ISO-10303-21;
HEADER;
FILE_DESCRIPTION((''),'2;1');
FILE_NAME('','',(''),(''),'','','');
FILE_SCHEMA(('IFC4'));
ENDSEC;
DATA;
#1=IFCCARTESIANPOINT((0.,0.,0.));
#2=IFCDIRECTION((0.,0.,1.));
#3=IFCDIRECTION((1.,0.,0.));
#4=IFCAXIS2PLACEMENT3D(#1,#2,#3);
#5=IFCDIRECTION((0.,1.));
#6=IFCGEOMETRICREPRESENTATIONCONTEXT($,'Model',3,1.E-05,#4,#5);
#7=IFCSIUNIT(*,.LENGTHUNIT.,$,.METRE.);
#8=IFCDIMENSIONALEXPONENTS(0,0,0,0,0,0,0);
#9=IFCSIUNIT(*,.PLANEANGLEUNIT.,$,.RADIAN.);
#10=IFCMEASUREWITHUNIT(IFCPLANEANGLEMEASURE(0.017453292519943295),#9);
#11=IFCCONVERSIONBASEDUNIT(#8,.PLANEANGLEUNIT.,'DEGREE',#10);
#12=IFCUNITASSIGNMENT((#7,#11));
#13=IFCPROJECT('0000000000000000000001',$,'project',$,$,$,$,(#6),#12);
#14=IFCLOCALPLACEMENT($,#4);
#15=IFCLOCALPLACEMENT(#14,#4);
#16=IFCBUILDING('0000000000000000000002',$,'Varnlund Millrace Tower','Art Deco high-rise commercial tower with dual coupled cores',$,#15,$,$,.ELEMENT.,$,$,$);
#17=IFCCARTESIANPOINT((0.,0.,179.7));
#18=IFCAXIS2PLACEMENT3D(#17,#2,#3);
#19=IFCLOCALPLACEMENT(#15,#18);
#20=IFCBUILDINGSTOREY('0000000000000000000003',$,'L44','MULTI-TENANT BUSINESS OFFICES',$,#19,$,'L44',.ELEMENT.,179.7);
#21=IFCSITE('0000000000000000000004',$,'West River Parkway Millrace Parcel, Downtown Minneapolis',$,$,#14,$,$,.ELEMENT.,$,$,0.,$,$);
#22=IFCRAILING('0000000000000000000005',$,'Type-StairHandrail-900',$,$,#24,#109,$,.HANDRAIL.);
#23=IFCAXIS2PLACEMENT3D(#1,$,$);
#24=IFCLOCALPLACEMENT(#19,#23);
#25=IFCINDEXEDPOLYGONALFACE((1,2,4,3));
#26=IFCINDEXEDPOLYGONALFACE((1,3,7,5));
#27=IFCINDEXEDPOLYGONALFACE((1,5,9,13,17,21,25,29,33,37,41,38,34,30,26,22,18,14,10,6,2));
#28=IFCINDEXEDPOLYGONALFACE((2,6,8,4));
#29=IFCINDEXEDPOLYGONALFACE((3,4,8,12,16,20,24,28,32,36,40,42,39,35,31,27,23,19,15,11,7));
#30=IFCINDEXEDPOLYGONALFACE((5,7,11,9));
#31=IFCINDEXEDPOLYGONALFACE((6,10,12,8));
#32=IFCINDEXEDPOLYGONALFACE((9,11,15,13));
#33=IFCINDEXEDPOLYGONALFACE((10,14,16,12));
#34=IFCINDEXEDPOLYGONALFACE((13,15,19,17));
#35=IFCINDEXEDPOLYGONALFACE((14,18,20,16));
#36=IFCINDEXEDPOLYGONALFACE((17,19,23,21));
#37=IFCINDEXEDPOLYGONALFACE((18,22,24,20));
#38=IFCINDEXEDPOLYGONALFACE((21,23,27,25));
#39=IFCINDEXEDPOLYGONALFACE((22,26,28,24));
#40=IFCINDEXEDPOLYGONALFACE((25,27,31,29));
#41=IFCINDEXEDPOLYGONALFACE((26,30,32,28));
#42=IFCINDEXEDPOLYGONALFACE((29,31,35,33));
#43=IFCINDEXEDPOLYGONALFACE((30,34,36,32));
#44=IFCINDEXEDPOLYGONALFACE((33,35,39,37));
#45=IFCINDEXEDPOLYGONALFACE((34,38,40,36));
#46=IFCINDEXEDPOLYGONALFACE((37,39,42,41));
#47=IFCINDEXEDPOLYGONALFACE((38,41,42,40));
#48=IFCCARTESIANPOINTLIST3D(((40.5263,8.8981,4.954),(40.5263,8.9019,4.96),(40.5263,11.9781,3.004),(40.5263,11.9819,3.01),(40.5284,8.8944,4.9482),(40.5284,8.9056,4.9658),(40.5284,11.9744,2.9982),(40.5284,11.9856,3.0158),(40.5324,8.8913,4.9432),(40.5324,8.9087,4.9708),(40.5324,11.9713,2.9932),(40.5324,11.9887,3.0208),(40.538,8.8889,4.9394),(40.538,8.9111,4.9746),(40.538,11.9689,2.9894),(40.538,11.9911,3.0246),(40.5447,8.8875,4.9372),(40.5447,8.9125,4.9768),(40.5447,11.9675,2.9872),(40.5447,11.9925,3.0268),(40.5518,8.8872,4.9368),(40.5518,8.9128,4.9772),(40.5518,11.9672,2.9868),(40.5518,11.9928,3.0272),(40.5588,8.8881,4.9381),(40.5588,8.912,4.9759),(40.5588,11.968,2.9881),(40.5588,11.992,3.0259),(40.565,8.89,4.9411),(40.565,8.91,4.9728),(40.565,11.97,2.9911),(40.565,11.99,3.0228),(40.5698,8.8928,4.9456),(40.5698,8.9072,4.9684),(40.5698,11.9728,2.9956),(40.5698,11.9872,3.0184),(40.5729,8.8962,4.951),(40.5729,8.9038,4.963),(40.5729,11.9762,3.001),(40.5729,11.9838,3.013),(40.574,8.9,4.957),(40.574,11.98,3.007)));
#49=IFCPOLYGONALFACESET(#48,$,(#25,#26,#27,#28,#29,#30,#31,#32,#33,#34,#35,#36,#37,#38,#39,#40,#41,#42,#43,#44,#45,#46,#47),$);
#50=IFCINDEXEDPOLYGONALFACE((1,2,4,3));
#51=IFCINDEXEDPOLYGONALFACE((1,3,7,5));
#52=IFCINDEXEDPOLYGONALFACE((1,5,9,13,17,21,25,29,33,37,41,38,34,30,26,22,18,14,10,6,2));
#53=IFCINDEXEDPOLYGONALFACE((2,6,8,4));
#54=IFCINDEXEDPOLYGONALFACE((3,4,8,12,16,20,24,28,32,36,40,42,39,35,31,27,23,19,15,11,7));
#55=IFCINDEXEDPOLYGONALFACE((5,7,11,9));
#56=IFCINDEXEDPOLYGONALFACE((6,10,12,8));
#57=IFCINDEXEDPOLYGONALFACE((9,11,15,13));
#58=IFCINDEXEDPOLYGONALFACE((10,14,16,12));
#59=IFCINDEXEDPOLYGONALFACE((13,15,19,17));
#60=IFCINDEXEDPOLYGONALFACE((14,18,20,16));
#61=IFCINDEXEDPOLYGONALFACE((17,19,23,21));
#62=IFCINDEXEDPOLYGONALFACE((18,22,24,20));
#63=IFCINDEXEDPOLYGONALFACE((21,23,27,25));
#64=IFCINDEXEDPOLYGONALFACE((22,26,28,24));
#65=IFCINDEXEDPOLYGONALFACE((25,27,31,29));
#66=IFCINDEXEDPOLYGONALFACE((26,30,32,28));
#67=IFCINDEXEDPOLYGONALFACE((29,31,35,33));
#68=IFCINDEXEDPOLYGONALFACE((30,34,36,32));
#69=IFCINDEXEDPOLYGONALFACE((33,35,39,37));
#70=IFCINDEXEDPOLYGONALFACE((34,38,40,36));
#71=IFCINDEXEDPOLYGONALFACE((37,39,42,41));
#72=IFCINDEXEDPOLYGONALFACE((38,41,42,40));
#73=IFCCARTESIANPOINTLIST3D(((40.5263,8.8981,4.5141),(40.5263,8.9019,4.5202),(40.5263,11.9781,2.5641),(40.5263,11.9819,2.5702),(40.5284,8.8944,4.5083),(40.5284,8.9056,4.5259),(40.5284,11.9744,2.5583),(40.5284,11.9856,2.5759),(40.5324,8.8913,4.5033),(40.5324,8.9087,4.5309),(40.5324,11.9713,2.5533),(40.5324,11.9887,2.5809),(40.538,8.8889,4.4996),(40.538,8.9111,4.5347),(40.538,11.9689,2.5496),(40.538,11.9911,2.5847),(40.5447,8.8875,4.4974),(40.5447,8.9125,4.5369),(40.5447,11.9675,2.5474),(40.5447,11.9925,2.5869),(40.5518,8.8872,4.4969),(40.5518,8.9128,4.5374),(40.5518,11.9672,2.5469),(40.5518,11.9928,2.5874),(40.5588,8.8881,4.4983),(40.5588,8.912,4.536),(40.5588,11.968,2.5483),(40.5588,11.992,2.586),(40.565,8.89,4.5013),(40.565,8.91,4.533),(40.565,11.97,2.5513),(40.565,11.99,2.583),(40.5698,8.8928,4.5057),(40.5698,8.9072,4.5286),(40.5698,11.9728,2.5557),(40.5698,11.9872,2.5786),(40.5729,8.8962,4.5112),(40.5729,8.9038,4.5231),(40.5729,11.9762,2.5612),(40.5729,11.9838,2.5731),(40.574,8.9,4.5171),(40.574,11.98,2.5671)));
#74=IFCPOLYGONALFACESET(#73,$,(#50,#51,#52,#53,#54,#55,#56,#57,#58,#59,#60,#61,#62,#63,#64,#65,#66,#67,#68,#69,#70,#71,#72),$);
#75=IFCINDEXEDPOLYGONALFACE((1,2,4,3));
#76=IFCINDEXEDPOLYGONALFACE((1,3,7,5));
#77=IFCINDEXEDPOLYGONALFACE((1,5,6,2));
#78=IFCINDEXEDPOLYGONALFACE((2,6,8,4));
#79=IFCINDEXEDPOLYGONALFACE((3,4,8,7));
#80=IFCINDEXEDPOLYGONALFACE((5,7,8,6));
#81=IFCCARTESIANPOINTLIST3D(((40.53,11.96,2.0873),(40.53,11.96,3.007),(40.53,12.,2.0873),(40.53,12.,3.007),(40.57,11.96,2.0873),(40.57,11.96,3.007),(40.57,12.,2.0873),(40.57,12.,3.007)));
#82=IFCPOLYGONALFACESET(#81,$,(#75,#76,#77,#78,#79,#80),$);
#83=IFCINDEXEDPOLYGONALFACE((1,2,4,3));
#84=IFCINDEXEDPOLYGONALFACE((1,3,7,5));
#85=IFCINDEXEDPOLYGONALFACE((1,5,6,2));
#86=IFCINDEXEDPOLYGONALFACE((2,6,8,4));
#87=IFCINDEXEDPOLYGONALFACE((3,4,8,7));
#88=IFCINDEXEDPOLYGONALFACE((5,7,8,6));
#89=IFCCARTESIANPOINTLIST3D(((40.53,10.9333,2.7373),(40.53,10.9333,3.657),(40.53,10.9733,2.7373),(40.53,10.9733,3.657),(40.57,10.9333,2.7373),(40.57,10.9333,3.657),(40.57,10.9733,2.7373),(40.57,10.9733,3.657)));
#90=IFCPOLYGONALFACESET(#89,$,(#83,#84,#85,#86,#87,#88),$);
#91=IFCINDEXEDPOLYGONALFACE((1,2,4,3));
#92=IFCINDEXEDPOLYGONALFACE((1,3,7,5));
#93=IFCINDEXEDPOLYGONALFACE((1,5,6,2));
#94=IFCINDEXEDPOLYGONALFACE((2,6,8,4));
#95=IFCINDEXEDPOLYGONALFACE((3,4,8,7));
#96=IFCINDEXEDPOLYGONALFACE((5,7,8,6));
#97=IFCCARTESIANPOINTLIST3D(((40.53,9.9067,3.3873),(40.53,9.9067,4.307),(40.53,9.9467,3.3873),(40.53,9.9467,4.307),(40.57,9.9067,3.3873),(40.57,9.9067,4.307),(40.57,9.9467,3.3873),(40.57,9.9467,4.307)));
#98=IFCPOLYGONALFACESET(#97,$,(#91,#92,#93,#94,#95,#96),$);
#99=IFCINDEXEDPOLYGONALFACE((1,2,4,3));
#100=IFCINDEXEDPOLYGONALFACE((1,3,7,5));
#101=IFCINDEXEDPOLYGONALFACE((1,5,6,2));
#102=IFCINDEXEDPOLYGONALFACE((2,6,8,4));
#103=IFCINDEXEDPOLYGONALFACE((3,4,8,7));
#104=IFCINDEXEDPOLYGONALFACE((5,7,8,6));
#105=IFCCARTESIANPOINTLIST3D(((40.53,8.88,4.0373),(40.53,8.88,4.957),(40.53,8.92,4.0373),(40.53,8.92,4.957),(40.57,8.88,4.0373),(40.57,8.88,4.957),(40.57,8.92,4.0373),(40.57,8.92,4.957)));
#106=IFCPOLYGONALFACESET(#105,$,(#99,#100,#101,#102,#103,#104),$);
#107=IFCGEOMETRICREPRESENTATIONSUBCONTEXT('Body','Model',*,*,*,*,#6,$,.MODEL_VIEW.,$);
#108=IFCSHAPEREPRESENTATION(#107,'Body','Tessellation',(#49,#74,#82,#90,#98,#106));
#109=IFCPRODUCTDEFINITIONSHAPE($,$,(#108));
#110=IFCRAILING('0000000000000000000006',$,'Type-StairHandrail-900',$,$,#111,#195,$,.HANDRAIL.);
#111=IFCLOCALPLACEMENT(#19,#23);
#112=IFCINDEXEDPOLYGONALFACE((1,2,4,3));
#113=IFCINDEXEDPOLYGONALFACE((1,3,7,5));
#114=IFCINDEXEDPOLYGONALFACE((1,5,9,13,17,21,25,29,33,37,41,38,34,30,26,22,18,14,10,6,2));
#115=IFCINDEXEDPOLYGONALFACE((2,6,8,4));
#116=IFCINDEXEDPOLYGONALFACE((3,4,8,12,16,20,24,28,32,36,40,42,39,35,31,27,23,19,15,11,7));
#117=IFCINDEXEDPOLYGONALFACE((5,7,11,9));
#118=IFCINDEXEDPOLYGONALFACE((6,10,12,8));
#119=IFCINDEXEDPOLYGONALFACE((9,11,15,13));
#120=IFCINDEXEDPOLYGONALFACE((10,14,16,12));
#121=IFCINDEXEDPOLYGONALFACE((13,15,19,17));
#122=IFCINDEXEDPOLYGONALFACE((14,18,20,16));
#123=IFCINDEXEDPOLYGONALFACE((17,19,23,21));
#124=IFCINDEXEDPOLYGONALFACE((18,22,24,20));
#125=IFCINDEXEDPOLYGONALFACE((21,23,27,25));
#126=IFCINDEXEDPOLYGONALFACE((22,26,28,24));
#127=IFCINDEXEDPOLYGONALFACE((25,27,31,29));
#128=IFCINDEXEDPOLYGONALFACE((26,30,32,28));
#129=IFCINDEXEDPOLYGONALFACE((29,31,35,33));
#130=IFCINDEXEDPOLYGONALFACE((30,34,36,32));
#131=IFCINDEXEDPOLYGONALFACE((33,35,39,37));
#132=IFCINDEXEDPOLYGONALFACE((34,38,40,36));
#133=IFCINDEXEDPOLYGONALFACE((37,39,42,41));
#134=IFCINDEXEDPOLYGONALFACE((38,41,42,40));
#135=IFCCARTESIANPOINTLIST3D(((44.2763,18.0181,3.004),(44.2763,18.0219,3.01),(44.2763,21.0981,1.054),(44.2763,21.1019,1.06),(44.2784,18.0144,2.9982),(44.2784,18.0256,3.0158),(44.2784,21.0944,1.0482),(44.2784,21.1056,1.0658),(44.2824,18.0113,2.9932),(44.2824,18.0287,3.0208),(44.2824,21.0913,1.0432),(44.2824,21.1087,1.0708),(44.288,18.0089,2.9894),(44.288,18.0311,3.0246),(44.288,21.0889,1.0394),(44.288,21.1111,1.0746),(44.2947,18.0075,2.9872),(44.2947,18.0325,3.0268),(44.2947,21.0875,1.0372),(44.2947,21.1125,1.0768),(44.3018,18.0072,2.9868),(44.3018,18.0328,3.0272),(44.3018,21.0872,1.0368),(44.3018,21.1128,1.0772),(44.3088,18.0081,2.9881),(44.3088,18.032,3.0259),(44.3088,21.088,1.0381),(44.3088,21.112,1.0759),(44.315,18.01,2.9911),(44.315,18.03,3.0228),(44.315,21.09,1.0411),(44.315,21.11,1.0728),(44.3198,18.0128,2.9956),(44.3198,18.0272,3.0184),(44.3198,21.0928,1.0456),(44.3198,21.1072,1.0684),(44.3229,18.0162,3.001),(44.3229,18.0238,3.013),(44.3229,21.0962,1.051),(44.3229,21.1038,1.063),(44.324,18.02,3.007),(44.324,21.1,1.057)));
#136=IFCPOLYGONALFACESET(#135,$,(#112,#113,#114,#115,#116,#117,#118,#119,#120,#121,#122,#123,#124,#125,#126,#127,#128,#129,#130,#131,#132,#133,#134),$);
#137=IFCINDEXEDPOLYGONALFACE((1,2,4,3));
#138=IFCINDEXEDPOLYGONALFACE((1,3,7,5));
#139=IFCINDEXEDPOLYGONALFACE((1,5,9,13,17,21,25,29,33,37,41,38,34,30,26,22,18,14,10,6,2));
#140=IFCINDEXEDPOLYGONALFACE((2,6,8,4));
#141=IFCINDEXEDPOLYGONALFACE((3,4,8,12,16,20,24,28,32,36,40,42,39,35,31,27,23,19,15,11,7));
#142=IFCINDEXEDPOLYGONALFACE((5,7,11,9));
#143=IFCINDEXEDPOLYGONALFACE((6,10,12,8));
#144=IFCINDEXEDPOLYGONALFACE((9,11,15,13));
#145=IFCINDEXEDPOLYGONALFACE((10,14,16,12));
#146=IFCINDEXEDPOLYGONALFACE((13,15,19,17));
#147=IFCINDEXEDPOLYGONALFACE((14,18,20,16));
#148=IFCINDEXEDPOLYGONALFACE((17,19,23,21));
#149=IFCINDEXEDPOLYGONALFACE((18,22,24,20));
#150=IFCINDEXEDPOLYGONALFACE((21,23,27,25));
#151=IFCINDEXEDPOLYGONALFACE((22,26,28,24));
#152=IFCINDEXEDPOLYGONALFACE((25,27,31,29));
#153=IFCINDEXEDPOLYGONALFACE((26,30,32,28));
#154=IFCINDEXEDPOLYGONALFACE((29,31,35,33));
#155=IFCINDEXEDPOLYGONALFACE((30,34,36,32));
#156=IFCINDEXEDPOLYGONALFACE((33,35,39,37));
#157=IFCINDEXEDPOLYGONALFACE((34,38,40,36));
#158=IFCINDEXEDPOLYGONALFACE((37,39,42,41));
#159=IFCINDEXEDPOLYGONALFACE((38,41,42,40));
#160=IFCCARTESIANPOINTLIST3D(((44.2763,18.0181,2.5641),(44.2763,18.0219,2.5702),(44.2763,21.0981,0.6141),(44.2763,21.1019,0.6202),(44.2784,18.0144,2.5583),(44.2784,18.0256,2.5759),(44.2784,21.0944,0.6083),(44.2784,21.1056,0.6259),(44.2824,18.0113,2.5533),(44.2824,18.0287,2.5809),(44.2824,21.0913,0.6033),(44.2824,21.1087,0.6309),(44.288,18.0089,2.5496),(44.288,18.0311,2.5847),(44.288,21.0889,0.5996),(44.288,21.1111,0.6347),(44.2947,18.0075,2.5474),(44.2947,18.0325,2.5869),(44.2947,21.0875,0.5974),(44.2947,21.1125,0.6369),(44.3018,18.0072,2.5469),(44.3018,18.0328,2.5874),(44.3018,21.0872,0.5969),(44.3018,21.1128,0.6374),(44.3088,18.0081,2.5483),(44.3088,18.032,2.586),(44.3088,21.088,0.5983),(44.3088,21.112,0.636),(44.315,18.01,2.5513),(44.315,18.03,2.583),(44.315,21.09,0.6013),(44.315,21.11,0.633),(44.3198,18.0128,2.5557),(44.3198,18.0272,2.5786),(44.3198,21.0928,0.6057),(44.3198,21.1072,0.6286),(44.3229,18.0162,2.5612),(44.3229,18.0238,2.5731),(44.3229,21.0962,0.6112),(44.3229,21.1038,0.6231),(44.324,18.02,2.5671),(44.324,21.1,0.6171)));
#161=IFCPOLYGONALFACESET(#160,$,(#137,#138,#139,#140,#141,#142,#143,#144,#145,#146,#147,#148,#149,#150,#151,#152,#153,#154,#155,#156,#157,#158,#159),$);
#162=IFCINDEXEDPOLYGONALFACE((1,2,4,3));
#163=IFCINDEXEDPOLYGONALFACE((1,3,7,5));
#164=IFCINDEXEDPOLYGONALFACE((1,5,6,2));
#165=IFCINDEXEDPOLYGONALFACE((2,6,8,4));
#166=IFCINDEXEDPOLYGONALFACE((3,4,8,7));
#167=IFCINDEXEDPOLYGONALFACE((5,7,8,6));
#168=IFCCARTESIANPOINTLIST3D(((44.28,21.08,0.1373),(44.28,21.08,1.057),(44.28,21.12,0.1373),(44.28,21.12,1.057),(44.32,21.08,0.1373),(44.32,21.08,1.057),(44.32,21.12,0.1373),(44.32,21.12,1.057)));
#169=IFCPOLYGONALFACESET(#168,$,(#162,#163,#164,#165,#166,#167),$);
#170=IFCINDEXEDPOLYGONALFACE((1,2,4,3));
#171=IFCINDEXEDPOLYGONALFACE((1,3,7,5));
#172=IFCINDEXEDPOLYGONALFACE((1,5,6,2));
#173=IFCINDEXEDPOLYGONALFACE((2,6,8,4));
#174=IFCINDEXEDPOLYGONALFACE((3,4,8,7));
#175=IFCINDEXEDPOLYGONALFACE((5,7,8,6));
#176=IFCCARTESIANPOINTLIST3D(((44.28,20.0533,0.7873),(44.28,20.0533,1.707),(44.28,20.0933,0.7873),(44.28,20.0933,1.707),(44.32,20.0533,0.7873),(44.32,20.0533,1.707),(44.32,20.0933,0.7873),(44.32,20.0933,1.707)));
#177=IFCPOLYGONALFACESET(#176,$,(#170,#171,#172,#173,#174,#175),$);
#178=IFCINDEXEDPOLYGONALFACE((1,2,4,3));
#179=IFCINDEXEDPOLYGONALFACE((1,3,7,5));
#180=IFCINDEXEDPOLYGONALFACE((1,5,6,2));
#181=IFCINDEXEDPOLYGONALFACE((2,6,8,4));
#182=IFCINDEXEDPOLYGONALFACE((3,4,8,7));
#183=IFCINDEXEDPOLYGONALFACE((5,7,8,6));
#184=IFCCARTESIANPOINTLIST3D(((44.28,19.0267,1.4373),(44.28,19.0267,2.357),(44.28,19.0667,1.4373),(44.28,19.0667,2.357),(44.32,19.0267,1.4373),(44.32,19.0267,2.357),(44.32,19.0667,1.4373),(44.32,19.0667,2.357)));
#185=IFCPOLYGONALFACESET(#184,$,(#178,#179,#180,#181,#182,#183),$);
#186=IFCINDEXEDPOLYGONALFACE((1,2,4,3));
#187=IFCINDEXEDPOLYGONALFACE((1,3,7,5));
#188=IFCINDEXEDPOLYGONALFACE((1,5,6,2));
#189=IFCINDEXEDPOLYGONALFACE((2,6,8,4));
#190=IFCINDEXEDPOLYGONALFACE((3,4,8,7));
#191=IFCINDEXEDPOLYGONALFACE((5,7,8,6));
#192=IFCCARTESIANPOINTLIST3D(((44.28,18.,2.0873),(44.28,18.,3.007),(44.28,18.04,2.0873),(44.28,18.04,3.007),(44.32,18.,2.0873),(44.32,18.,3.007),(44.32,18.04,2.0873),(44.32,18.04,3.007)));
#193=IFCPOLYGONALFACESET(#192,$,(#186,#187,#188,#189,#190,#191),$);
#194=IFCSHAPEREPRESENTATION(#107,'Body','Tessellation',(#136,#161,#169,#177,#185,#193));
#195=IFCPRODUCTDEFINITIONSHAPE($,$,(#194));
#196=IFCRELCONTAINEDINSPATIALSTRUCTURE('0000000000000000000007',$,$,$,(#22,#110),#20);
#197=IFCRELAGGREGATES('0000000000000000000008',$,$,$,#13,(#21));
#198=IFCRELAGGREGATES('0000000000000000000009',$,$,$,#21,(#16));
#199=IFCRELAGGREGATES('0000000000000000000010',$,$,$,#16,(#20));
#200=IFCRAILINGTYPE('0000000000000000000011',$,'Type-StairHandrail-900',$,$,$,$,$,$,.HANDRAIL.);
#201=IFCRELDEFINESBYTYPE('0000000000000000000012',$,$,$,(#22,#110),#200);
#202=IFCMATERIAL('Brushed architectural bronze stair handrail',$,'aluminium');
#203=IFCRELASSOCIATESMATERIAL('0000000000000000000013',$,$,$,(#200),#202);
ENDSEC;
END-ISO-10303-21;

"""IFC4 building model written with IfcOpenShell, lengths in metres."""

from ifc_helpers import new_model, entity, si_unit, converted_unit, direction, frame, origin_with_axes, origin_2d_with_axis, place, context, subcontext, project, spatial, rectangle, circle, extrude, material, type_object, element, save


model = new_model("IFC4")

# Units and contexts
model_context = context("Model", 3, precision=1e-05, world=origin_with_axes(), true_north=direction((0.0, 1.0)))
body_context = subcontext(model_context, "Body", "Model", "MODEL_VIEW")
ifc_project = project(units=[si_unit("LENGTHUNIT", "METRE"), converted_unit("PLANEANGLEUNIT", "DEGREE", entity("IfcPlaneAngleMeasure", 0.017453292519943295), si_unit("PLANEANGLEUNIT", "RADIAN"), dimensions=[0, 0, 0, 0, 0, 0, 0])], contexts=[model_context])

# Site, building, storey
site_placement = place(None, origin_with_axes())
site = spatial("IfcSite", under=ifc_project, at=site_placement, Name="West River Parkway Millrace Parcel, Downtown Minneapolis", CompositionType="ELEMENT", RefElevation=0.0)
building_placement = place(site_placement, origin_with_axes())
building = spatial("IfcBuilding", under=site, at=building_placement, Name="Varnlund Millrace Tower", Description="Art Deco high-rise commercial tower with dual coupled cores", CompositionType="ELEMENT")
storey_placement = place(building_placement, frame((0.0, 0.0, 179.7), z_axis=(0.0, 0.0, 1.0), x_axis=(1.0, 0.0, 0.0)))
storey = spatial("IfcBuildingStorey", under=building, at=storey_placement, Name="L44", Description="MULTI-TENANT BUSINESS OFFICES", LongName="L44", CompositionType="ELEMENT", Elevation=179.7)

# Railings
ifc_material_1 = material(Name="Brushed architectural bronze stair handrail", Category="aluminium")
railing_type_1 = type_object("IfcRailingType", Name="Type-StairHandrail-900", PredefinedType="HANDRAIL", material=ifc_material_1)
railing_1_placement = place(storey_placement, frame((0.0, 0.0, -179.7), z_axis=(0.0, 0.0, 1.0), x_axis=(1.0, 0.0, 0.0)))
element("IfcRailing", 1, at=railing_1_placement, inside=storey, type_object=railing_type_1, Name="Type-StairHandrail-900", PredefinedType="HANDRAIL", context=body_context, shape_type="SweptSolid", body=[
    extrude(circle(Radius=0.024, at=origin_2d_with_axis()), frame((40.55, 11.98, 182.707), z_axis=(0.0, -0.844902, 0.534922), x_axis=(1.0, 0.0, 0.0)), (0.0, 0.0, 1.0), 3.6454),
    extrude(circle(Radius=0.024, at=origin_2d_with_axis()), frame((40.55, 11.98, 182.2671), z_axis=(0.0, -0.844902, 0.534922), x_axis=(1.0, 0.0, 0.0)), (0.0, 0.0, 1.0), 3.6454),
    extrude(rectangle(XDim=0.04, YDim=0.04, at=origin_2d_with_axis()), frame((40.55, 11.98, 181.7873), z_axis=(0.0, 0.0, 1.0), x_axis=(1.0, 0.0, 0.0)), (0.0, 0.0, 1.0), 0.9197),
    extrude(rectangle(XDim=0.04, YDim=0.04, at=origin_2d_with_axis()), frame((40.55, 10.9533, 182.4373), z_axis=(0.0, 0.0, 1.0), x_axis=(1.0, 0.0, 0.0)), (0.0, 0.0, 1.0), 0.9197),
    extrude(rectangle(XDim=0.04, YDim=0.04, at=origin_2d_with_axis()), frame((40.55, 9.9267, 183.0873), z_axis=(0.0, 0.0, 1.0), x_axis=(1.0, 0.0, 0.0)), (0.0, 0.0, 1.0), 0.9197),
    extrude(rectangle(XDim=0.04, YDim=0.04, at=origin_2d_with_axis()), frame((40.55, 8.9, 183.7373), z_axis=(0.0, 0.0, 1.0), x_axis=(1.0, 0.0, 0.0)), (0.0, 0.0, 1.0), 0.9197),
])
railing_2_placement = place(storey_placement, frame((0.0, 0.0, -179.7), z_axis=(0.0, 0.0, 1.0), x_axis=(1.0, 0.0, 0.0)))
element("IfcRailing", 2, at=railing_2_placement, inside=storey, type_object=railing_type_1, Name="Type-StairHandrail-900", PredefinedType="HANDRAIL", context=body_context, shape_type="SweptSolid", body=[
    extrude(circle(Radius=0.024, at=origin_2d_with_axis()), frame((44.3, 21.1, 180.757), z_axis=(0.0, -0.844902, 0.534922), x_axis=(1.0, 0.0, 0.0)), (0.0, 0.0, 1.0), 3.6454),
    extrude(circle(Radius=0.024, at=origin_2d_with_axis()), frame((44.3, 21.1, 180.3171), z_axis=(0.0, -0.844902, 0.534922), x_axis=(1.0, 0.0, 0.0)), (0.0, 0.0, 1.0), 3.6454),
    extrude(rectangle(XDim=0.04, YDim=0.04, at=origin_2d_with_axis()), frame((44.3, 21.1, 179.8373), z_axis=(0.0, 0.0, 1.0), x_axis=(1.0, 0.0, 0.0)), (0.0, 0.0, 1.0), 0.9197),
    extrude(rectangle(XDim=0.04, YDim=0.04, at=origin_2d_with_axis()), frame((44.3, 20.0733, 180.4873), z_axis=(0.0, 0.0, 1.0), x_axis=(1.0, 0.0, 0.0)), (0.0, 0.0, 1.0), 0.9197),
    extrude(rectangle(XDim=0.04, YDim=0.04, at=origin_2d_with_axis()), frame((44.3, 19.0467, 181.1373), z_axis=(0.0, 0.0, 1.0), x_axis=(1.0, 0.0, 0.0)), (0.0, 0.0, 1.0), 0.9197),
    extrude(rectangle(XDim=0.04, YDim=0.04, at=origin_2d_with_axis()), frame((44.3, 18.02, 181.7873), z_axis=(0.0, 0.0, 1.0), x_axis=(1.0, 0.0, 0.0)), (0.0, 0.0, 1.0), 0.9197),
])

save(model, "model.ifc")
